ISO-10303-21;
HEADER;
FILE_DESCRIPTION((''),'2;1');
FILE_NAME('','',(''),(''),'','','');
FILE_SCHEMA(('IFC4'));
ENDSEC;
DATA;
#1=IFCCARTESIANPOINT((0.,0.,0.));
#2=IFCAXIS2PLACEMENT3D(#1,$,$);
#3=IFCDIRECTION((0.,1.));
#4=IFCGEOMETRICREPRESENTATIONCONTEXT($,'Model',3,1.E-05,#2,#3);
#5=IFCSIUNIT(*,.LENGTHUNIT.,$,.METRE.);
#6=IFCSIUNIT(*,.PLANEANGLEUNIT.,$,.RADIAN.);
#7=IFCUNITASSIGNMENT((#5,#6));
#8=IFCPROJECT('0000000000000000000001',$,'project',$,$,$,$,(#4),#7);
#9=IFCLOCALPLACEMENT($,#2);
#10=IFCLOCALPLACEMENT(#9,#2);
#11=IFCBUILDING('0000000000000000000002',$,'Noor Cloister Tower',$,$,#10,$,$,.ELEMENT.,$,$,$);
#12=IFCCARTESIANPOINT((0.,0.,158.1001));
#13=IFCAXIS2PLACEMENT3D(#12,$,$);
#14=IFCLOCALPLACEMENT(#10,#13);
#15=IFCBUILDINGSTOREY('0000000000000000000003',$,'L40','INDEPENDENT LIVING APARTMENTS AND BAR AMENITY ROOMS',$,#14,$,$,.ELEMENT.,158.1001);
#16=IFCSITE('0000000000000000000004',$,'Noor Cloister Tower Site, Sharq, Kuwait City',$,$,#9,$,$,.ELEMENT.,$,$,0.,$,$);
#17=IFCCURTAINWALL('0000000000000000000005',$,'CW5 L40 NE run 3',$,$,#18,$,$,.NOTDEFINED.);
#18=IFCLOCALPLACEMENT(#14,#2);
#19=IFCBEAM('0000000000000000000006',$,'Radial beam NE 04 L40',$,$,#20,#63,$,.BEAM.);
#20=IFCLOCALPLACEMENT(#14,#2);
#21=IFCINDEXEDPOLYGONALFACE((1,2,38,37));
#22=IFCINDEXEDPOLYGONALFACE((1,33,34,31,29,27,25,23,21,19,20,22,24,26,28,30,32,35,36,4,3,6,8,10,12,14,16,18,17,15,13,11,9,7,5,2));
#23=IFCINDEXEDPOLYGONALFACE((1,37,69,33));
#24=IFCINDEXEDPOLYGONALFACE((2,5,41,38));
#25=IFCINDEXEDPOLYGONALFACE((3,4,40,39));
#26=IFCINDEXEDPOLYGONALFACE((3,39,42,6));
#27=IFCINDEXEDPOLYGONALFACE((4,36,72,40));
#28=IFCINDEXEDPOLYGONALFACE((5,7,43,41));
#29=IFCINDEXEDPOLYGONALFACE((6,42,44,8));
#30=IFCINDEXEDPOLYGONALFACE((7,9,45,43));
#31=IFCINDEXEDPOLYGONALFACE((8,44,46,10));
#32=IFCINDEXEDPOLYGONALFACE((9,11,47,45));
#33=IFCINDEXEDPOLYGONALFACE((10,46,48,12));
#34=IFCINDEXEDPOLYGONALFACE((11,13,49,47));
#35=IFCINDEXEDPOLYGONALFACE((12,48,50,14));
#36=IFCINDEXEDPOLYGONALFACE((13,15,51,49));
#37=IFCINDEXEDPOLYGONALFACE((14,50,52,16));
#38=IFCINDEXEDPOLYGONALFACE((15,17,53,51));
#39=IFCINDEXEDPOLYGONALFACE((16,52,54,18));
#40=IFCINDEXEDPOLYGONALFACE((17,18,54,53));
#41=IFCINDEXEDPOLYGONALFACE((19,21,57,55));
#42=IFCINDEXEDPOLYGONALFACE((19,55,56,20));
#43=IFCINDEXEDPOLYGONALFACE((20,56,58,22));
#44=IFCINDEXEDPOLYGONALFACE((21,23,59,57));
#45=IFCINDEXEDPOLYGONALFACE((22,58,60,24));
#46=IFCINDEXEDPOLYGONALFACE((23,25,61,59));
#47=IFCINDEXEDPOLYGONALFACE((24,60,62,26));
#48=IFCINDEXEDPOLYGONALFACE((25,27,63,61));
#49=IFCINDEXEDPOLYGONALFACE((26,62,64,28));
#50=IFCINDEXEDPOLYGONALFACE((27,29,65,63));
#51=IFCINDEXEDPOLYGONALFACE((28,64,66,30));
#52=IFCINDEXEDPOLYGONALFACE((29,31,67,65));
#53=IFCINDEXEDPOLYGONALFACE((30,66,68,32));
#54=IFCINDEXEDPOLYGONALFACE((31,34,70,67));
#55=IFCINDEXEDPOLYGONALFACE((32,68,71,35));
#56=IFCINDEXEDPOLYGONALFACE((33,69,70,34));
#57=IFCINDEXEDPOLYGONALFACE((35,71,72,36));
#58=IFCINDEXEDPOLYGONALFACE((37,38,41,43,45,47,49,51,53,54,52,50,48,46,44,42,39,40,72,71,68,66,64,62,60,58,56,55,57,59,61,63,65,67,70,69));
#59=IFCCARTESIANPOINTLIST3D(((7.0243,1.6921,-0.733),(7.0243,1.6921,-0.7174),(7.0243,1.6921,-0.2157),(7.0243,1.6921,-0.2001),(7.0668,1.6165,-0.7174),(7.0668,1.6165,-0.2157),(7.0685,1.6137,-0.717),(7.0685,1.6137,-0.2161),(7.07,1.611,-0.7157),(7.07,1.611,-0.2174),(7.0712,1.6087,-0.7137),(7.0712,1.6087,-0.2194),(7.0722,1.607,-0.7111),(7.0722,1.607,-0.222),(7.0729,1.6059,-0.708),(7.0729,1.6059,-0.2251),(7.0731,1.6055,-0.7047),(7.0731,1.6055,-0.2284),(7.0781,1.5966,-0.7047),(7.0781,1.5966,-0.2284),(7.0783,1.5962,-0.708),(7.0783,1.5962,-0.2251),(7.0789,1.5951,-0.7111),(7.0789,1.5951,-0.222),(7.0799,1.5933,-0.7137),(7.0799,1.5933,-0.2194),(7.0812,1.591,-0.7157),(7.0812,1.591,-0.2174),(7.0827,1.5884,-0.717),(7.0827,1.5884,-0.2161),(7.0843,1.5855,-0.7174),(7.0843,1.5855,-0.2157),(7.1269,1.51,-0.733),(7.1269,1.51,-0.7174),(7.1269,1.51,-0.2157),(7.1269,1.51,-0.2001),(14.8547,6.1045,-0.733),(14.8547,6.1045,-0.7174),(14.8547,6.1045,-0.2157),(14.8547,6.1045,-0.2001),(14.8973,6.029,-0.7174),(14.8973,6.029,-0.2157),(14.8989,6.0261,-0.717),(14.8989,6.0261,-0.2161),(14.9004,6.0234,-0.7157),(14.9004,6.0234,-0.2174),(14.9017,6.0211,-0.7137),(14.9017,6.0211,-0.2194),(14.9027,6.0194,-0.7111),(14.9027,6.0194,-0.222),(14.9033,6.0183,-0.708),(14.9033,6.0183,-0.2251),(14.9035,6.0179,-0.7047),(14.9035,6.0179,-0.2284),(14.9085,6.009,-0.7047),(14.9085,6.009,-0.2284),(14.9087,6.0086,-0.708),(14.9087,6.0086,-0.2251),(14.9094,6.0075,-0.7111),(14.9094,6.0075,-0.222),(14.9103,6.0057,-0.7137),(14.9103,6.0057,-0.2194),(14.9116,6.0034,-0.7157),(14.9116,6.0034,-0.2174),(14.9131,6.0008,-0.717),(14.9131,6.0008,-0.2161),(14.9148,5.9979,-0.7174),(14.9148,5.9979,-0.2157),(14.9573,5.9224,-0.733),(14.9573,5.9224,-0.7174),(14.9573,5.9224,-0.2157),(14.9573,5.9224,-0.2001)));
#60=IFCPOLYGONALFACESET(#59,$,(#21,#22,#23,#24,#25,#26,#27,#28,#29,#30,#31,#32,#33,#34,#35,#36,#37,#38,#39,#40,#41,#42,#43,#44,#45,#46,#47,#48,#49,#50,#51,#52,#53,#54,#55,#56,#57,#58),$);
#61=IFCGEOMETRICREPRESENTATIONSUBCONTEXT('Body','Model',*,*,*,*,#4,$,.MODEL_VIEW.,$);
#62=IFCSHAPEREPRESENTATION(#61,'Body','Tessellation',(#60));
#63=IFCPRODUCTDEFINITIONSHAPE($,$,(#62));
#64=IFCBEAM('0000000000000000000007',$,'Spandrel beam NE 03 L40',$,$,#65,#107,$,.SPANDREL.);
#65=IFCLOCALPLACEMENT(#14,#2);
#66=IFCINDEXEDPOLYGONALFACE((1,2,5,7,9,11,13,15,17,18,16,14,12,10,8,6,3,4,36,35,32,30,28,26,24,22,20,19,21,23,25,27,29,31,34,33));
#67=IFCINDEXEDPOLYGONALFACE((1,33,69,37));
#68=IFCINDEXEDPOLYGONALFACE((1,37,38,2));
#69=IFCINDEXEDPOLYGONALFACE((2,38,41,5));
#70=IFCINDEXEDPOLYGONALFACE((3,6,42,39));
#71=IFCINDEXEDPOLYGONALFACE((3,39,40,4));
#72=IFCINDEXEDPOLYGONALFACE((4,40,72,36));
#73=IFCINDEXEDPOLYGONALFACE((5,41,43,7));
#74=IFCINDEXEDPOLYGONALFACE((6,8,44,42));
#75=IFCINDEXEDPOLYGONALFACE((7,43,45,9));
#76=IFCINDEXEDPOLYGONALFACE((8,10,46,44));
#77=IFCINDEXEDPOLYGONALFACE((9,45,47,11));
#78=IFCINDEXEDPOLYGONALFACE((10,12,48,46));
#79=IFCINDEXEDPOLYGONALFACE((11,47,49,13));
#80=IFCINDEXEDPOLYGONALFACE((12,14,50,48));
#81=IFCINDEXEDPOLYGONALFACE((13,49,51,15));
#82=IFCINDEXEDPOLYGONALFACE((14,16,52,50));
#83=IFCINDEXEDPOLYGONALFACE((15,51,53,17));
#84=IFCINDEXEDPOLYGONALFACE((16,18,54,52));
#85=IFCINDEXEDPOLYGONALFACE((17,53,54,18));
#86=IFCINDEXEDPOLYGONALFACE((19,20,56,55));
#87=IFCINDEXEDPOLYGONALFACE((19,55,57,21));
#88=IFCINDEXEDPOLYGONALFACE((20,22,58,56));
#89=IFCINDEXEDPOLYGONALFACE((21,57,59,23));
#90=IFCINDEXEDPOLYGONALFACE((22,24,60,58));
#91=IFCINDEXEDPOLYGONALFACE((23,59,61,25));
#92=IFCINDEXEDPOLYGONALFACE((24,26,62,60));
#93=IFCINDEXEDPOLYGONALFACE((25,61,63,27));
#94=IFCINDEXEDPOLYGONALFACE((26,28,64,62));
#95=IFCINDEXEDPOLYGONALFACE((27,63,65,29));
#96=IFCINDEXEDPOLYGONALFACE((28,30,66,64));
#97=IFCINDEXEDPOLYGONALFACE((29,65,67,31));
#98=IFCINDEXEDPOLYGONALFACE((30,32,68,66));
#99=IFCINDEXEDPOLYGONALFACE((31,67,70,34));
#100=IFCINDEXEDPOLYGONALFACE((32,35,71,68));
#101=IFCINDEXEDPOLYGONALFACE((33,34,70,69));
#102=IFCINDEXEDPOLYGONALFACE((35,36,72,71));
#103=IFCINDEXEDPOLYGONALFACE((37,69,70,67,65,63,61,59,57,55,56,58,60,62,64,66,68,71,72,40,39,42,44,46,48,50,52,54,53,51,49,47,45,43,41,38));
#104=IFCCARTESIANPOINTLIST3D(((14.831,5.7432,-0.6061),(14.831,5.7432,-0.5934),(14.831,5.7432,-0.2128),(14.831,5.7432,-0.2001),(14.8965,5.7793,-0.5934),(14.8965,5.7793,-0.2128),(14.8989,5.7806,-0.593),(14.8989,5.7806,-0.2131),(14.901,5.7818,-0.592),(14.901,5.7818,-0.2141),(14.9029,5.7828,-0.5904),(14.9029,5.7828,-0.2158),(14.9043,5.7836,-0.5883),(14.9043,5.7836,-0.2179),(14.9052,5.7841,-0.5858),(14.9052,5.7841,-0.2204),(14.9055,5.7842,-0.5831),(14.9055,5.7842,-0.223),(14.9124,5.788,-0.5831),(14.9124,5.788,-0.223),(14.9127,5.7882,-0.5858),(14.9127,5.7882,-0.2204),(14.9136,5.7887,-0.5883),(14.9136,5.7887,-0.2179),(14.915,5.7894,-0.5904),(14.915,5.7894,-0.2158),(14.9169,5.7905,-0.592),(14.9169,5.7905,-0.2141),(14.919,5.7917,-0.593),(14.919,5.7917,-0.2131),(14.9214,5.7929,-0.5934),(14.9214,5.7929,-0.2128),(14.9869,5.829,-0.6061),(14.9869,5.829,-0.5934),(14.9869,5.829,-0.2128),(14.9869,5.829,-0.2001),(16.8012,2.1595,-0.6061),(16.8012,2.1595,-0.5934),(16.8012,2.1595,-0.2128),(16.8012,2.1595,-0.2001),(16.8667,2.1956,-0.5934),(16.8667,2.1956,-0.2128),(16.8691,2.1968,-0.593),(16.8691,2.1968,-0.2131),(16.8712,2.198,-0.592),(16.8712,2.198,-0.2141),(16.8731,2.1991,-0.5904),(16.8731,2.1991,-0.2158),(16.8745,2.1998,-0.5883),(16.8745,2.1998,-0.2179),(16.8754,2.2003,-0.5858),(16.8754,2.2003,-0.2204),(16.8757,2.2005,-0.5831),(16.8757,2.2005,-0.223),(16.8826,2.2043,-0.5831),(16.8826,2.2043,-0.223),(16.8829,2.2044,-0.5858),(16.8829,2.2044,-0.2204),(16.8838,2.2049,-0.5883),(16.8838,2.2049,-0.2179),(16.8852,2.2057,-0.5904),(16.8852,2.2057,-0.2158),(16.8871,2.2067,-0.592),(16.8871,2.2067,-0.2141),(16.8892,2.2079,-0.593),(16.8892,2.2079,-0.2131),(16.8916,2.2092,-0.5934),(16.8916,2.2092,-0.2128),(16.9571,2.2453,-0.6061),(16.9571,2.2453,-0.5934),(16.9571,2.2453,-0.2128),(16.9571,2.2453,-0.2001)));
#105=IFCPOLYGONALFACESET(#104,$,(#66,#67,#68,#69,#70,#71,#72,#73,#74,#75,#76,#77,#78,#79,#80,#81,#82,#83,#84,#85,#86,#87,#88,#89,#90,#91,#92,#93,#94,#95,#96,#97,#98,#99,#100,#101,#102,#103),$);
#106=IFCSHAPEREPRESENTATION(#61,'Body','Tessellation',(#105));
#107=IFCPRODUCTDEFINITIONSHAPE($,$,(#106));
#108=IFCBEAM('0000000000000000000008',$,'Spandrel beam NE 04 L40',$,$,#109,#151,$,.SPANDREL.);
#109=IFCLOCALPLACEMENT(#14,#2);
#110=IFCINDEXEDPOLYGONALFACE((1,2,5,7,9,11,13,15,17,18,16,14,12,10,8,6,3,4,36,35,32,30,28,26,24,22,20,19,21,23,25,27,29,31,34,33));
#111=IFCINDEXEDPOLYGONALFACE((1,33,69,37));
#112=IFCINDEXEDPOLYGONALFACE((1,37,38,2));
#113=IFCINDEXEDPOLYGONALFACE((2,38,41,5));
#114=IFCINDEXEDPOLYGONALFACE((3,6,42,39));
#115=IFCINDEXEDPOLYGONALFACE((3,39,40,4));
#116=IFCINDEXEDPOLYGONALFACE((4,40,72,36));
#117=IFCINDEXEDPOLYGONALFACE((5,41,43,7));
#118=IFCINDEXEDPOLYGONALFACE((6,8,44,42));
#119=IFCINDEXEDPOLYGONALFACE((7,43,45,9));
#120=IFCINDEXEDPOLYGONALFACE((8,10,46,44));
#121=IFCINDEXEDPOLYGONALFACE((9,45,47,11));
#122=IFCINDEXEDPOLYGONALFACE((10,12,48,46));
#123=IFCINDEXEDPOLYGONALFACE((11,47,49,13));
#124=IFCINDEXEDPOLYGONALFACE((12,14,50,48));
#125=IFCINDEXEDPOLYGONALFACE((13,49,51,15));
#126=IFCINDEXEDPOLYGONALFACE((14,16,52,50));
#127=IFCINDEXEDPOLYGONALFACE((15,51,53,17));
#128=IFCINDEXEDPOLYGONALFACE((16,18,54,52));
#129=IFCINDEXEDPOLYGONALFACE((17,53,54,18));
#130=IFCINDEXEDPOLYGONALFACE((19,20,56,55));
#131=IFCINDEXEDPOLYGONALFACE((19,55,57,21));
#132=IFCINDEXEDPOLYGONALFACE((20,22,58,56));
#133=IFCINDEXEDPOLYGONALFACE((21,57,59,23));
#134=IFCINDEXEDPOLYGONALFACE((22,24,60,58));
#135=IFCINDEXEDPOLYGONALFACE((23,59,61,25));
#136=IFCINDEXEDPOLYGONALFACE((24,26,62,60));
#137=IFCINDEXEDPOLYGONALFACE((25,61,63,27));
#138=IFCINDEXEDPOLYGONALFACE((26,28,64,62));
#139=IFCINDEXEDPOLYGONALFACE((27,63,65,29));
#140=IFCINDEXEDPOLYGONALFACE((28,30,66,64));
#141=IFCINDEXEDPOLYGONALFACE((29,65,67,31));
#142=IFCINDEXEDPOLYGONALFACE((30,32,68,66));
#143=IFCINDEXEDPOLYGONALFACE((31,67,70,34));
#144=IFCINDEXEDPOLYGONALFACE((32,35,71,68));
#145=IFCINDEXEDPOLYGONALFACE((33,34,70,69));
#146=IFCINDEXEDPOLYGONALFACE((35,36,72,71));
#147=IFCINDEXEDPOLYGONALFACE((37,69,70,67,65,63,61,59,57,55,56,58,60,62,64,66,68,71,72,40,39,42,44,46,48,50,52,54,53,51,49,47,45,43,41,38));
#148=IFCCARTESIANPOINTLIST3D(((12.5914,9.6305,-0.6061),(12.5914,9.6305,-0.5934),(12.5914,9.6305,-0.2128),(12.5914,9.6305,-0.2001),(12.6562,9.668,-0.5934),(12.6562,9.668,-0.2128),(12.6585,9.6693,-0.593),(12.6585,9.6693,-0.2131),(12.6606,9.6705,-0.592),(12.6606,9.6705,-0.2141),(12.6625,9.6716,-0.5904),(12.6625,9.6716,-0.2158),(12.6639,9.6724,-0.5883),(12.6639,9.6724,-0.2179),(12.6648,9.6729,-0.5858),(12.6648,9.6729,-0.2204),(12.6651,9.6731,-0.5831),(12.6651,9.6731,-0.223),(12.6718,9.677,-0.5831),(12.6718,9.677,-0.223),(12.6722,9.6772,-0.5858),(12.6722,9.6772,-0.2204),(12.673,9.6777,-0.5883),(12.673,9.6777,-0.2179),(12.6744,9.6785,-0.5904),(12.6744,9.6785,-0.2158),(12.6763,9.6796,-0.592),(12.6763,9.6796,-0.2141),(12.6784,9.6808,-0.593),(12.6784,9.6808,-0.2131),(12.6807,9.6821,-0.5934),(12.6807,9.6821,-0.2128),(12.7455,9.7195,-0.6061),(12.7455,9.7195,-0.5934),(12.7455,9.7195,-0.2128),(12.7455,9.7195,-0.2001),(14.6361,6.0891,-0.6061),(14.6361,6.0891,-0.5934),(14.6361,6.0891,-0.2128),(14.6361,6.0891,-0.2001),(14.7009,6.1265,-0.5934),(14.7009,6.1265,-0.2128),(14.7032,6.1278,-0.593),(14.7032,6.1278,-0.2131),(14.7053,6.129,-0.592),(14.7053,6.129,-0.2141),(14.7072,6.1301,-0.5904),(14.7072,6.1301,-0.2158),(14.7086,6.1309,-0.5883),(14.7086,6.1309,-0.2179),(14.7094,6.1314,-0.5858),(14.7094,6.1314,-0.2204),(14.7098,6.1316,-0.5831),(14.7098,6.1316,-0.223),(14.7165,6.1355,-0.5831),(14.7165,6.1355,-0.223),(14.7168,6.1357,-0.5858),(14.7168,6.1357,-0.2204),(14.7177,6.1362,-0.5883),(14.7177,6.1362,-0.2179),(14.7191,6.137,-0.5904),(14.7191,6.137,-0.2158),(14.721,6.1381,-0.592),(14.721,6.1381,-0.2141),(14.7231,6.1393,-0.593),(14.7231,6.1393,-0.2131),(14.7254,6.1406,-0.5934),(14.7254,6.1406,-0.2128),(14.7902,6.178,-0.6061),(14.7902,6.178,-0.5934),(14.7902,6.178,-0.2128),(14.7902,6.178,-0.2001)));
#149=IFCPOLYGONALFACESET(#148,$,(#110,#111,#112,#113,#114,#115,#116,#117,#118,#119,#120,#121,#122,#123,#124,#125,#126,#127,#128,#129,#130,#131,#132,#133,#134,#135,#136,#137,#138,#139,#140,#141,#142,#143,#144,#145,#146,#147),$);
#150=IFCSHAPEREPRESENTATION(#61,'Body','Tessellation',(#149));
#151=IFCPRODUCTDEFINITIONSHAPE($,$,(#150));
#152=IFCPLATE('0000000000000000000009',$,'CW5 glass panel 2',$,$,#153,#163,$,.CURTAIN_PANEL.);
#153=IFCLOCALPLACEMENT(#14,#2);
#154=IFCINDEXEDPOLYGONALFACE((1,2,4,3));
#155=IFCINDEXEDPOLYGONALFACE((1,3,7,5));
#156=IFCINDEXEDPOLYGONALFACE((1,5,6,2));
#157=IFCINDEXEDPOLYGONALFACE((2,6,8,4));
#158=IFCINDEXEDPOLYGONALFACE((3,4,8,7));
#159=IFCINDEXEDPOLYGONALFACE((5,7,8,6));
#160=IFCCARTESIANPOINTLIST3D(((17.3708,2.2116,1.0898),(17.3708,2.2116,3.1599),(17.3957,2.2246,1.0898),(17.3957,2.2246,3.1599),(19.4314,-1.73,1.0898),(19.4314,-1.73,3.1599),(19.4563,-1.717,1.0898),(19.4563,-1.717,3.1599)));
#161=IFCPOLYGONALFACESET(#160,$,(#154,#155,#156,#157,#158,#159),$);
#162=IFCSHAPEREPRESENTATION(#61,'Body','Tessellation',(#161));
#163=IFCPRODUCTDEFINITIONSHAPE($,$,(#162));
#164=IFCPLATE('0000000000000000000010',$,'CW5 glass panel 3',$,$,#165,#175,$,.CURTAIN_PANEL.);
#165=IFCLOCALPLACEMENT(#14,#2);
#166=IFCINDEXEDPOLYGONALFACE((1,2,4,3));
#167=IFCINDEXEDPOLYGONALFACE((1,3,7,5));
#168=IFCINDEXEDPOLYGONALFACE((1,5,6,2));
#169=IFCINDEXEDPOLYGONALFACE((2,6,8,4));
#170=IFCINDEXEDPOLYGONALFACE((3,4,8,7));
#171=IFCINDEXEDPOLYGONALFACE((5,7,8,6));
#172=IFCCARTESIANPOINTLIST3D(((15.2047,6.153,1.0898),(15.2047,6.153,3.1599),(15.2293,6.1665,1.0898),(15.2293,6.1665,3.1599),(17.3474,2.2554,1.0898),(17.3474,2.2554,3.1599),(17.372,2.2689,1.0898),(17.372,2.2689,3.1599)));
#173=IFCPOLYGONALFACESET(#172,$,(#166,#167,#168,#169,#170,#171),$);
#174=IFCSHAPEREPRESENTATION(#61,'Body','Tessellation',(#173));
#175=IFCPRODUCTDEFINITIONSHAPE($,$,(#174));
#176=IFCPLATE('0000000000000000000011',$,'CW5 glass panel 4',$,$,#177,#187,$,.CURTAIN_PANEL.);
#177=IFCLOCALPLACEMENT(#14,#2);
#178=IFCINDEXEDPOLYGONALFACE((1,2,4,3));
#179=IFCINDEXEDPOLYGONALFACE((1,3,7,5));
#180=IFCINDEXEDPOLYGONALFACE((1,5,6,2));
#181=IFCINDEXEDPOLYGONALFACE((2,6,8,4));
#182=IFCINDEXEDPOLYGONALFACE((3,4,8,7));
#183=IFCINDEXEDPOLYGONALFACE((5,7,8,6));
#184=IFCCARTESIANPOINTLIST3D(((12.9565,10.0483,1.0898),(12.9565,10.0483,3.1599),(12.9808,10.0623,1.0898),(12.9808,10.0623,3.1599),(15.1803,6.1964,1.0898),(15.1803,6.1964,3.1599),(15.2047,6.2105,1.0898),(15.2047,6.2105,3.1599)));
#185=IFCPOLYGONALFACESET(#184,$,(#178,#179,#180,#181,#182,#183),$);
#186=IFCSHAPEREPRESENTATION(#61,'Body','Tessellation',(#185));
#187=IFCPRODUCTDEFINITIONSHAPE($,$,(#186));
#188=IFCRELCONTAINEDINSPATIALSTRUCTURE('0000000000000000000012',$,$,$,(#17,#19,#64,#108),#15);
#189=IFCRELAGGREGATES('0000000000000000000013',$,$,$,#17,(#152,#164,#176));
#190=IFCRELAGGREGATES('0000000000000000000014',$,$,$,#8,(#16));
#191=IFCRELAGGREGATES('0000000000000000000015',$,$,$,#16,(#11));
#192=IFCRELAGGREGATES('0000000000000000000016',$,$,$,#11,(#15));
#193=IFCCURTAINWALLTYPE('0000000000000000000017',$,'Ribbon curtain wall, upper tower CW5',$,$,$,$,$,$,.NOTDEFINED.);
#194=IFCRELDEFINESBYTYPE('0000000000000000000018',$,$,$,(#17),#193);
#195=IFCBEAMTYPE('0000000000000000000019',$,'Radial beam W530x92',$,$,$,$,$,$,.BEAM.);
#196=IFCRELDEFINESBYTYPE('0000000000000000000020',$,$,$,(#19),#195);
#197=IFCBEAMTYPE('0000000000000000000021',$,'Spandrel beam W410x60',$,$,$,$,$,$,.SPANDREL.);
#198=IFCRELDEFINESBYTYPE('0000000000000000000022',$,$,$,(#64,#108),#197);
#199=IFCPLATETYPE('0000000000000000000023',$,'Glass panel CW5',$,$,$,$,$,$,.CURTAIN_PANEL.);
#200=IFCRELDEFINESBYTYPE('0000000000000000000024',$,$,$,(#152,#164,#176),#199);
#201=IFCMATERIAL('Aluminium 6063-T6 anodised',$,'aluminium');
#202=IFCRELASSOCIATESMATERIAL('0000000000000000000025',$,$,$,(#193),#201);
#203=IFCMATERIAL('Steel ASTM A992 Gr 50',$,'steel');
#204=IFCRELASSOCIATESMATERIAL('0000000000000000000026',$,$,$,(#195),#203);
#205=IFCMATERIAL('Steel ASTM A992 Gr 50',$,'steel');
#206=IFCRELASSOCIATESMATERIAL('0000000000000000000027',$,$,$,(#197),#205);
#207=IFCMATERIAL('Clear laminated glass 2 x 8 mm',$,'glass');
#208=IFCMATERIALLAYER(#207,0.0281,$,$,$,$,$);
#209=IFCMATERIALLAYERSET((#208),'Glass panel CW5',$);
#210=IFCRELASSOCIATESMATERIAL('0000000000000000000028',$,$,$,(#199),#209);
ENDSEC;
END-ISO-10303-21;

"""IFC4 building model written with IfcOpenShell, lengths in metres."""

from ifc_helpers import new_model, si_unit, direction, frame, origin, origin_2d, place, context, subcontext, project, spatial, rectangle, i_section, extrude, material, layer, layer_set, material_profile, profile_set, type_object, element, aggregate, save


model = new_model("IFC4")

# Units and contexts
model_context = context("Model", 3, precision=1e-05, world=origin(), true_north=direction((0.0, 1.0)))
body_context = subcontext(model_context, "Body", "Model", "MODEL_VIEW")
ifc_project = project(units=[si_unit("LENGTHUNIT", "METRE"), si_unit("PLANEANGLEUNIT", "RADIAN")], contexts=[model_context])

# Site, building, storey
site_placement = place(None, origin())
site = spatial("IfcSite", under=ifc_project, at=site_placement, Name="Noor Cloister Tower Site, Sharq, Kuwait City", CompositionType="ELEMENT", RefElevation=0.0)
building_placement = place(site_placement, origin())
building = spatial("IfcBuilding", under=site, at=building_placement, Name="Noor Cloister Tower", CompositionType="ELEMENT")
storey_placement = place(building_placement, frame((0.0, 0.0, 158.1001)))
storey = spatial("IfcBuildingStorey", under=building, at=storey_placement, Name="L40", Description="INDEPENDENT LIVING APARTMENTS AND BAR AMENITY ROOMS", CompositionType="ELEMENT", Elevation=158.1001)

# Curtain wall
ifc_material_1 = material(Name="Aluminium 6063-T6 anodised", Category="aluminium")
curtain_wall_type = type_object("IfcCurtainWallType", Name="Ribbon curtain wall, upper tower CW5", PredefinedType="NOTDEFINED", material=ifc_material_1)
curtain_wall_placement = place(storey_placement, origin())
curtain_wall = element("IfcCurtainWall", 1, at=curtain_wall_placement, inside=storey, type_object=curtain_wall_type, Name="CW5 L40 NE run 3", PredefinedType="NOTDEFINED")

# Beams
ifc_material_2 = material(Name="Steel ASTM A992 Gr 50", Category="steel")
ifc_material_profile_1 = material_profile(ifc_material_2, i_section(OverallWidth=0.209, OverallDepth=0.533, WebThickness=0.0103, FlangeThickness=0.0156, FilletRadius=0.0127, at=origin_2d()), Name="W530x92")
ifc_profile_set_1 = profile_set([ifc_material_profile_1], Name="Steel ASTM A992 Gr 50")
beam_type_1 = type_object("IfcBeamType", Name="Radial beam W530x92", PredefinedType="BEAM", material=ifc_profile_set_1)
beam_1_placement = place(storey_placement, frame((14.906, 6.0134, -0.4666), z_axis=(-0.871205, -0.49092, 0.0), x_axis=(0.49092, -0.871205, 0.0)))
element("IfcBeam", 2, at=beam_1_placement, inside=storey, type_object=beam_type_1, Name="Radial beam NE 04 L40", PredefinedType="BEAM", context=body_context, shape_type="SweptSolid", body=[
    extrude(i_section(OverallWidth=0.209, OverallDepth=0.533, WebThickness=0.0103, FlangeThickness=0.0156, FilletRadius=0.0127, at=origin_2d()), origin(), (0.0, 0.0, 1.0), 8.988),
])
ifc_material_3 = material(Name="Steel ASTM A992 Gr 50", Category="steel")
ifc_material_profile_2 = material_profile(ifc_material_3, i_section(OverallWidth=0.178, OverallDepth=0.406, WebThickness=0.0078, FlangeThickness=0.0127, FilletRadius=0.0103, at=origin_2d()), Name="W410x60")
ifc_profile_set_2 = profile_set([ifc_material_profile_2], Name="Steel ASTM A992 Gr 50")
beam_type_2 = type_object("IfcBeamType", Name="Spandrel beam W410x60", PredefinedType="SPANDREL", material=ifc_profile_set_2)
beam_2_placement = place(storey_placement, frame((16.8792, 2.2024, -0.4031), z_axis=(-0.481761, 0.876303, 0.0), x_axis=(-0.876303, -0.481761, 0.0)))
element("IfcBeam", 3, at=beam_2_placement, inside=storey, type_object=beam_type_2, Name="Spandrel beam NE 03 L40", PredefinedType="SPANDREL", context=body_context, shape_type="SweptSolid", body=[
    extrude(i_section(OverallWidth=0.178, OverallDepth=0.406, WebThickness=0.0078, FlangeThickness=0.0127, FilletRadius=0.0103, at=origin_2d()), origin(), (0.0, 0.0, 1.0), 4.0896),
])
beam_3_placement = place(storey_placement, frame((14.7131, 6.1335, -0.4031), z_axis=(-0.499998, 0.866027, 0.0), x_axis=(-0.866027, -0.499998, 0.0)))
element("IfcBeam", 4, at=beam_3_placement, inside=storey, type_object=beam_type_2, Name="Spandrel beam NE 04 L40", PredefinedType="SPANDREL", context=body_context, shape_type="SweptSolid", body=[
    extrude(i_section(OverallWidth=0.178, OverallDepth=0.406, WebThickness=0.0078, FlangeThickness=0.0127, FilletRadius=0.0103, at=origin_2d()), origin(), (0.0, 0.0, 1.0), 4.0894),
])

# Plates
ifc_material_4 = material(Name="Clear laminated glass 2 x 8 mm", Category="glass")
ifc_layer_1 = layer(ifc_material_4, 0.0281)
ifc_layer_set_1 = layer_set([ifc_layer_1], Name="Glass panel CW5")
plate_type = type_object("IfcPlateType", Name="Glass panel CW5", PredefinedType="CURTAIN_PANEL", material=ifc_layer_set_1)
plate_1_placement = place(storey_placement, frame((18.4136, 0.2473, 1.0898), z_axis=(0.0, 0.0, 1.0), x_axis=(-0.463292, 0.886206, 0.0)))
plate_1 = element("IfcPlate", 5, at=plate_1_placement, type_object=plate_type, Name="CW5 glass panel 2", PredefinedType="CURTAIN_PANEL", context=body_context, shape_type="SweptSolid", body=[
    extrude(rectangle(XDim=4.4478, YDim=0.0281, at=origin_2d()), origin(), (0.0, 0.0, 1.0), 2.0701),
])
plate_2_placement = place(storey_placement, frame((16.2883, 4.2109, 1.0898), z_axis=(0.0, 0.0, 1.0), x_axis=(-0.481752, 0.876308, 0.0)))
plate_2 = element("IfcPlate", 6, at=plate_2_placement, type_object=plate_type, Name="CW5 glass panel 3", PredefinedType="CURTAIN_PANEL", context=body_context, shape_type="SweptSolid", body=[
    extrude(rectangle(XDim=4.4478, YDim=0.0281, at=origin_2d()), origin(), (0.0, 0.0, 1.0), 2.0701),
])
plate_3_placement = place(storey_placement, frame((14.0806, 8.1294, 1.0898), z_axis=(0.0, 0.0, 1.0), x_axis=(-0.5, 0.866025, 0.0)))
plate_3 = element("IfcPlate", 7, at=plate_3_placement, type_object=plate_type, Name="CW5 glass panel 4", PredefinedType="CURTAIN_PANEL", context=body_context, shape_type="SweptSolid", body=[
    extrude(rectangle(XDim=4.4478, YDim=0.0281, at=origin_2d()), origin(), (0.0, 0.0, 1.0), 2.0701),
])
aggregate(curtain_wall, [plate_1, plate_2, plate_3])

save(model, "model.ifc")
